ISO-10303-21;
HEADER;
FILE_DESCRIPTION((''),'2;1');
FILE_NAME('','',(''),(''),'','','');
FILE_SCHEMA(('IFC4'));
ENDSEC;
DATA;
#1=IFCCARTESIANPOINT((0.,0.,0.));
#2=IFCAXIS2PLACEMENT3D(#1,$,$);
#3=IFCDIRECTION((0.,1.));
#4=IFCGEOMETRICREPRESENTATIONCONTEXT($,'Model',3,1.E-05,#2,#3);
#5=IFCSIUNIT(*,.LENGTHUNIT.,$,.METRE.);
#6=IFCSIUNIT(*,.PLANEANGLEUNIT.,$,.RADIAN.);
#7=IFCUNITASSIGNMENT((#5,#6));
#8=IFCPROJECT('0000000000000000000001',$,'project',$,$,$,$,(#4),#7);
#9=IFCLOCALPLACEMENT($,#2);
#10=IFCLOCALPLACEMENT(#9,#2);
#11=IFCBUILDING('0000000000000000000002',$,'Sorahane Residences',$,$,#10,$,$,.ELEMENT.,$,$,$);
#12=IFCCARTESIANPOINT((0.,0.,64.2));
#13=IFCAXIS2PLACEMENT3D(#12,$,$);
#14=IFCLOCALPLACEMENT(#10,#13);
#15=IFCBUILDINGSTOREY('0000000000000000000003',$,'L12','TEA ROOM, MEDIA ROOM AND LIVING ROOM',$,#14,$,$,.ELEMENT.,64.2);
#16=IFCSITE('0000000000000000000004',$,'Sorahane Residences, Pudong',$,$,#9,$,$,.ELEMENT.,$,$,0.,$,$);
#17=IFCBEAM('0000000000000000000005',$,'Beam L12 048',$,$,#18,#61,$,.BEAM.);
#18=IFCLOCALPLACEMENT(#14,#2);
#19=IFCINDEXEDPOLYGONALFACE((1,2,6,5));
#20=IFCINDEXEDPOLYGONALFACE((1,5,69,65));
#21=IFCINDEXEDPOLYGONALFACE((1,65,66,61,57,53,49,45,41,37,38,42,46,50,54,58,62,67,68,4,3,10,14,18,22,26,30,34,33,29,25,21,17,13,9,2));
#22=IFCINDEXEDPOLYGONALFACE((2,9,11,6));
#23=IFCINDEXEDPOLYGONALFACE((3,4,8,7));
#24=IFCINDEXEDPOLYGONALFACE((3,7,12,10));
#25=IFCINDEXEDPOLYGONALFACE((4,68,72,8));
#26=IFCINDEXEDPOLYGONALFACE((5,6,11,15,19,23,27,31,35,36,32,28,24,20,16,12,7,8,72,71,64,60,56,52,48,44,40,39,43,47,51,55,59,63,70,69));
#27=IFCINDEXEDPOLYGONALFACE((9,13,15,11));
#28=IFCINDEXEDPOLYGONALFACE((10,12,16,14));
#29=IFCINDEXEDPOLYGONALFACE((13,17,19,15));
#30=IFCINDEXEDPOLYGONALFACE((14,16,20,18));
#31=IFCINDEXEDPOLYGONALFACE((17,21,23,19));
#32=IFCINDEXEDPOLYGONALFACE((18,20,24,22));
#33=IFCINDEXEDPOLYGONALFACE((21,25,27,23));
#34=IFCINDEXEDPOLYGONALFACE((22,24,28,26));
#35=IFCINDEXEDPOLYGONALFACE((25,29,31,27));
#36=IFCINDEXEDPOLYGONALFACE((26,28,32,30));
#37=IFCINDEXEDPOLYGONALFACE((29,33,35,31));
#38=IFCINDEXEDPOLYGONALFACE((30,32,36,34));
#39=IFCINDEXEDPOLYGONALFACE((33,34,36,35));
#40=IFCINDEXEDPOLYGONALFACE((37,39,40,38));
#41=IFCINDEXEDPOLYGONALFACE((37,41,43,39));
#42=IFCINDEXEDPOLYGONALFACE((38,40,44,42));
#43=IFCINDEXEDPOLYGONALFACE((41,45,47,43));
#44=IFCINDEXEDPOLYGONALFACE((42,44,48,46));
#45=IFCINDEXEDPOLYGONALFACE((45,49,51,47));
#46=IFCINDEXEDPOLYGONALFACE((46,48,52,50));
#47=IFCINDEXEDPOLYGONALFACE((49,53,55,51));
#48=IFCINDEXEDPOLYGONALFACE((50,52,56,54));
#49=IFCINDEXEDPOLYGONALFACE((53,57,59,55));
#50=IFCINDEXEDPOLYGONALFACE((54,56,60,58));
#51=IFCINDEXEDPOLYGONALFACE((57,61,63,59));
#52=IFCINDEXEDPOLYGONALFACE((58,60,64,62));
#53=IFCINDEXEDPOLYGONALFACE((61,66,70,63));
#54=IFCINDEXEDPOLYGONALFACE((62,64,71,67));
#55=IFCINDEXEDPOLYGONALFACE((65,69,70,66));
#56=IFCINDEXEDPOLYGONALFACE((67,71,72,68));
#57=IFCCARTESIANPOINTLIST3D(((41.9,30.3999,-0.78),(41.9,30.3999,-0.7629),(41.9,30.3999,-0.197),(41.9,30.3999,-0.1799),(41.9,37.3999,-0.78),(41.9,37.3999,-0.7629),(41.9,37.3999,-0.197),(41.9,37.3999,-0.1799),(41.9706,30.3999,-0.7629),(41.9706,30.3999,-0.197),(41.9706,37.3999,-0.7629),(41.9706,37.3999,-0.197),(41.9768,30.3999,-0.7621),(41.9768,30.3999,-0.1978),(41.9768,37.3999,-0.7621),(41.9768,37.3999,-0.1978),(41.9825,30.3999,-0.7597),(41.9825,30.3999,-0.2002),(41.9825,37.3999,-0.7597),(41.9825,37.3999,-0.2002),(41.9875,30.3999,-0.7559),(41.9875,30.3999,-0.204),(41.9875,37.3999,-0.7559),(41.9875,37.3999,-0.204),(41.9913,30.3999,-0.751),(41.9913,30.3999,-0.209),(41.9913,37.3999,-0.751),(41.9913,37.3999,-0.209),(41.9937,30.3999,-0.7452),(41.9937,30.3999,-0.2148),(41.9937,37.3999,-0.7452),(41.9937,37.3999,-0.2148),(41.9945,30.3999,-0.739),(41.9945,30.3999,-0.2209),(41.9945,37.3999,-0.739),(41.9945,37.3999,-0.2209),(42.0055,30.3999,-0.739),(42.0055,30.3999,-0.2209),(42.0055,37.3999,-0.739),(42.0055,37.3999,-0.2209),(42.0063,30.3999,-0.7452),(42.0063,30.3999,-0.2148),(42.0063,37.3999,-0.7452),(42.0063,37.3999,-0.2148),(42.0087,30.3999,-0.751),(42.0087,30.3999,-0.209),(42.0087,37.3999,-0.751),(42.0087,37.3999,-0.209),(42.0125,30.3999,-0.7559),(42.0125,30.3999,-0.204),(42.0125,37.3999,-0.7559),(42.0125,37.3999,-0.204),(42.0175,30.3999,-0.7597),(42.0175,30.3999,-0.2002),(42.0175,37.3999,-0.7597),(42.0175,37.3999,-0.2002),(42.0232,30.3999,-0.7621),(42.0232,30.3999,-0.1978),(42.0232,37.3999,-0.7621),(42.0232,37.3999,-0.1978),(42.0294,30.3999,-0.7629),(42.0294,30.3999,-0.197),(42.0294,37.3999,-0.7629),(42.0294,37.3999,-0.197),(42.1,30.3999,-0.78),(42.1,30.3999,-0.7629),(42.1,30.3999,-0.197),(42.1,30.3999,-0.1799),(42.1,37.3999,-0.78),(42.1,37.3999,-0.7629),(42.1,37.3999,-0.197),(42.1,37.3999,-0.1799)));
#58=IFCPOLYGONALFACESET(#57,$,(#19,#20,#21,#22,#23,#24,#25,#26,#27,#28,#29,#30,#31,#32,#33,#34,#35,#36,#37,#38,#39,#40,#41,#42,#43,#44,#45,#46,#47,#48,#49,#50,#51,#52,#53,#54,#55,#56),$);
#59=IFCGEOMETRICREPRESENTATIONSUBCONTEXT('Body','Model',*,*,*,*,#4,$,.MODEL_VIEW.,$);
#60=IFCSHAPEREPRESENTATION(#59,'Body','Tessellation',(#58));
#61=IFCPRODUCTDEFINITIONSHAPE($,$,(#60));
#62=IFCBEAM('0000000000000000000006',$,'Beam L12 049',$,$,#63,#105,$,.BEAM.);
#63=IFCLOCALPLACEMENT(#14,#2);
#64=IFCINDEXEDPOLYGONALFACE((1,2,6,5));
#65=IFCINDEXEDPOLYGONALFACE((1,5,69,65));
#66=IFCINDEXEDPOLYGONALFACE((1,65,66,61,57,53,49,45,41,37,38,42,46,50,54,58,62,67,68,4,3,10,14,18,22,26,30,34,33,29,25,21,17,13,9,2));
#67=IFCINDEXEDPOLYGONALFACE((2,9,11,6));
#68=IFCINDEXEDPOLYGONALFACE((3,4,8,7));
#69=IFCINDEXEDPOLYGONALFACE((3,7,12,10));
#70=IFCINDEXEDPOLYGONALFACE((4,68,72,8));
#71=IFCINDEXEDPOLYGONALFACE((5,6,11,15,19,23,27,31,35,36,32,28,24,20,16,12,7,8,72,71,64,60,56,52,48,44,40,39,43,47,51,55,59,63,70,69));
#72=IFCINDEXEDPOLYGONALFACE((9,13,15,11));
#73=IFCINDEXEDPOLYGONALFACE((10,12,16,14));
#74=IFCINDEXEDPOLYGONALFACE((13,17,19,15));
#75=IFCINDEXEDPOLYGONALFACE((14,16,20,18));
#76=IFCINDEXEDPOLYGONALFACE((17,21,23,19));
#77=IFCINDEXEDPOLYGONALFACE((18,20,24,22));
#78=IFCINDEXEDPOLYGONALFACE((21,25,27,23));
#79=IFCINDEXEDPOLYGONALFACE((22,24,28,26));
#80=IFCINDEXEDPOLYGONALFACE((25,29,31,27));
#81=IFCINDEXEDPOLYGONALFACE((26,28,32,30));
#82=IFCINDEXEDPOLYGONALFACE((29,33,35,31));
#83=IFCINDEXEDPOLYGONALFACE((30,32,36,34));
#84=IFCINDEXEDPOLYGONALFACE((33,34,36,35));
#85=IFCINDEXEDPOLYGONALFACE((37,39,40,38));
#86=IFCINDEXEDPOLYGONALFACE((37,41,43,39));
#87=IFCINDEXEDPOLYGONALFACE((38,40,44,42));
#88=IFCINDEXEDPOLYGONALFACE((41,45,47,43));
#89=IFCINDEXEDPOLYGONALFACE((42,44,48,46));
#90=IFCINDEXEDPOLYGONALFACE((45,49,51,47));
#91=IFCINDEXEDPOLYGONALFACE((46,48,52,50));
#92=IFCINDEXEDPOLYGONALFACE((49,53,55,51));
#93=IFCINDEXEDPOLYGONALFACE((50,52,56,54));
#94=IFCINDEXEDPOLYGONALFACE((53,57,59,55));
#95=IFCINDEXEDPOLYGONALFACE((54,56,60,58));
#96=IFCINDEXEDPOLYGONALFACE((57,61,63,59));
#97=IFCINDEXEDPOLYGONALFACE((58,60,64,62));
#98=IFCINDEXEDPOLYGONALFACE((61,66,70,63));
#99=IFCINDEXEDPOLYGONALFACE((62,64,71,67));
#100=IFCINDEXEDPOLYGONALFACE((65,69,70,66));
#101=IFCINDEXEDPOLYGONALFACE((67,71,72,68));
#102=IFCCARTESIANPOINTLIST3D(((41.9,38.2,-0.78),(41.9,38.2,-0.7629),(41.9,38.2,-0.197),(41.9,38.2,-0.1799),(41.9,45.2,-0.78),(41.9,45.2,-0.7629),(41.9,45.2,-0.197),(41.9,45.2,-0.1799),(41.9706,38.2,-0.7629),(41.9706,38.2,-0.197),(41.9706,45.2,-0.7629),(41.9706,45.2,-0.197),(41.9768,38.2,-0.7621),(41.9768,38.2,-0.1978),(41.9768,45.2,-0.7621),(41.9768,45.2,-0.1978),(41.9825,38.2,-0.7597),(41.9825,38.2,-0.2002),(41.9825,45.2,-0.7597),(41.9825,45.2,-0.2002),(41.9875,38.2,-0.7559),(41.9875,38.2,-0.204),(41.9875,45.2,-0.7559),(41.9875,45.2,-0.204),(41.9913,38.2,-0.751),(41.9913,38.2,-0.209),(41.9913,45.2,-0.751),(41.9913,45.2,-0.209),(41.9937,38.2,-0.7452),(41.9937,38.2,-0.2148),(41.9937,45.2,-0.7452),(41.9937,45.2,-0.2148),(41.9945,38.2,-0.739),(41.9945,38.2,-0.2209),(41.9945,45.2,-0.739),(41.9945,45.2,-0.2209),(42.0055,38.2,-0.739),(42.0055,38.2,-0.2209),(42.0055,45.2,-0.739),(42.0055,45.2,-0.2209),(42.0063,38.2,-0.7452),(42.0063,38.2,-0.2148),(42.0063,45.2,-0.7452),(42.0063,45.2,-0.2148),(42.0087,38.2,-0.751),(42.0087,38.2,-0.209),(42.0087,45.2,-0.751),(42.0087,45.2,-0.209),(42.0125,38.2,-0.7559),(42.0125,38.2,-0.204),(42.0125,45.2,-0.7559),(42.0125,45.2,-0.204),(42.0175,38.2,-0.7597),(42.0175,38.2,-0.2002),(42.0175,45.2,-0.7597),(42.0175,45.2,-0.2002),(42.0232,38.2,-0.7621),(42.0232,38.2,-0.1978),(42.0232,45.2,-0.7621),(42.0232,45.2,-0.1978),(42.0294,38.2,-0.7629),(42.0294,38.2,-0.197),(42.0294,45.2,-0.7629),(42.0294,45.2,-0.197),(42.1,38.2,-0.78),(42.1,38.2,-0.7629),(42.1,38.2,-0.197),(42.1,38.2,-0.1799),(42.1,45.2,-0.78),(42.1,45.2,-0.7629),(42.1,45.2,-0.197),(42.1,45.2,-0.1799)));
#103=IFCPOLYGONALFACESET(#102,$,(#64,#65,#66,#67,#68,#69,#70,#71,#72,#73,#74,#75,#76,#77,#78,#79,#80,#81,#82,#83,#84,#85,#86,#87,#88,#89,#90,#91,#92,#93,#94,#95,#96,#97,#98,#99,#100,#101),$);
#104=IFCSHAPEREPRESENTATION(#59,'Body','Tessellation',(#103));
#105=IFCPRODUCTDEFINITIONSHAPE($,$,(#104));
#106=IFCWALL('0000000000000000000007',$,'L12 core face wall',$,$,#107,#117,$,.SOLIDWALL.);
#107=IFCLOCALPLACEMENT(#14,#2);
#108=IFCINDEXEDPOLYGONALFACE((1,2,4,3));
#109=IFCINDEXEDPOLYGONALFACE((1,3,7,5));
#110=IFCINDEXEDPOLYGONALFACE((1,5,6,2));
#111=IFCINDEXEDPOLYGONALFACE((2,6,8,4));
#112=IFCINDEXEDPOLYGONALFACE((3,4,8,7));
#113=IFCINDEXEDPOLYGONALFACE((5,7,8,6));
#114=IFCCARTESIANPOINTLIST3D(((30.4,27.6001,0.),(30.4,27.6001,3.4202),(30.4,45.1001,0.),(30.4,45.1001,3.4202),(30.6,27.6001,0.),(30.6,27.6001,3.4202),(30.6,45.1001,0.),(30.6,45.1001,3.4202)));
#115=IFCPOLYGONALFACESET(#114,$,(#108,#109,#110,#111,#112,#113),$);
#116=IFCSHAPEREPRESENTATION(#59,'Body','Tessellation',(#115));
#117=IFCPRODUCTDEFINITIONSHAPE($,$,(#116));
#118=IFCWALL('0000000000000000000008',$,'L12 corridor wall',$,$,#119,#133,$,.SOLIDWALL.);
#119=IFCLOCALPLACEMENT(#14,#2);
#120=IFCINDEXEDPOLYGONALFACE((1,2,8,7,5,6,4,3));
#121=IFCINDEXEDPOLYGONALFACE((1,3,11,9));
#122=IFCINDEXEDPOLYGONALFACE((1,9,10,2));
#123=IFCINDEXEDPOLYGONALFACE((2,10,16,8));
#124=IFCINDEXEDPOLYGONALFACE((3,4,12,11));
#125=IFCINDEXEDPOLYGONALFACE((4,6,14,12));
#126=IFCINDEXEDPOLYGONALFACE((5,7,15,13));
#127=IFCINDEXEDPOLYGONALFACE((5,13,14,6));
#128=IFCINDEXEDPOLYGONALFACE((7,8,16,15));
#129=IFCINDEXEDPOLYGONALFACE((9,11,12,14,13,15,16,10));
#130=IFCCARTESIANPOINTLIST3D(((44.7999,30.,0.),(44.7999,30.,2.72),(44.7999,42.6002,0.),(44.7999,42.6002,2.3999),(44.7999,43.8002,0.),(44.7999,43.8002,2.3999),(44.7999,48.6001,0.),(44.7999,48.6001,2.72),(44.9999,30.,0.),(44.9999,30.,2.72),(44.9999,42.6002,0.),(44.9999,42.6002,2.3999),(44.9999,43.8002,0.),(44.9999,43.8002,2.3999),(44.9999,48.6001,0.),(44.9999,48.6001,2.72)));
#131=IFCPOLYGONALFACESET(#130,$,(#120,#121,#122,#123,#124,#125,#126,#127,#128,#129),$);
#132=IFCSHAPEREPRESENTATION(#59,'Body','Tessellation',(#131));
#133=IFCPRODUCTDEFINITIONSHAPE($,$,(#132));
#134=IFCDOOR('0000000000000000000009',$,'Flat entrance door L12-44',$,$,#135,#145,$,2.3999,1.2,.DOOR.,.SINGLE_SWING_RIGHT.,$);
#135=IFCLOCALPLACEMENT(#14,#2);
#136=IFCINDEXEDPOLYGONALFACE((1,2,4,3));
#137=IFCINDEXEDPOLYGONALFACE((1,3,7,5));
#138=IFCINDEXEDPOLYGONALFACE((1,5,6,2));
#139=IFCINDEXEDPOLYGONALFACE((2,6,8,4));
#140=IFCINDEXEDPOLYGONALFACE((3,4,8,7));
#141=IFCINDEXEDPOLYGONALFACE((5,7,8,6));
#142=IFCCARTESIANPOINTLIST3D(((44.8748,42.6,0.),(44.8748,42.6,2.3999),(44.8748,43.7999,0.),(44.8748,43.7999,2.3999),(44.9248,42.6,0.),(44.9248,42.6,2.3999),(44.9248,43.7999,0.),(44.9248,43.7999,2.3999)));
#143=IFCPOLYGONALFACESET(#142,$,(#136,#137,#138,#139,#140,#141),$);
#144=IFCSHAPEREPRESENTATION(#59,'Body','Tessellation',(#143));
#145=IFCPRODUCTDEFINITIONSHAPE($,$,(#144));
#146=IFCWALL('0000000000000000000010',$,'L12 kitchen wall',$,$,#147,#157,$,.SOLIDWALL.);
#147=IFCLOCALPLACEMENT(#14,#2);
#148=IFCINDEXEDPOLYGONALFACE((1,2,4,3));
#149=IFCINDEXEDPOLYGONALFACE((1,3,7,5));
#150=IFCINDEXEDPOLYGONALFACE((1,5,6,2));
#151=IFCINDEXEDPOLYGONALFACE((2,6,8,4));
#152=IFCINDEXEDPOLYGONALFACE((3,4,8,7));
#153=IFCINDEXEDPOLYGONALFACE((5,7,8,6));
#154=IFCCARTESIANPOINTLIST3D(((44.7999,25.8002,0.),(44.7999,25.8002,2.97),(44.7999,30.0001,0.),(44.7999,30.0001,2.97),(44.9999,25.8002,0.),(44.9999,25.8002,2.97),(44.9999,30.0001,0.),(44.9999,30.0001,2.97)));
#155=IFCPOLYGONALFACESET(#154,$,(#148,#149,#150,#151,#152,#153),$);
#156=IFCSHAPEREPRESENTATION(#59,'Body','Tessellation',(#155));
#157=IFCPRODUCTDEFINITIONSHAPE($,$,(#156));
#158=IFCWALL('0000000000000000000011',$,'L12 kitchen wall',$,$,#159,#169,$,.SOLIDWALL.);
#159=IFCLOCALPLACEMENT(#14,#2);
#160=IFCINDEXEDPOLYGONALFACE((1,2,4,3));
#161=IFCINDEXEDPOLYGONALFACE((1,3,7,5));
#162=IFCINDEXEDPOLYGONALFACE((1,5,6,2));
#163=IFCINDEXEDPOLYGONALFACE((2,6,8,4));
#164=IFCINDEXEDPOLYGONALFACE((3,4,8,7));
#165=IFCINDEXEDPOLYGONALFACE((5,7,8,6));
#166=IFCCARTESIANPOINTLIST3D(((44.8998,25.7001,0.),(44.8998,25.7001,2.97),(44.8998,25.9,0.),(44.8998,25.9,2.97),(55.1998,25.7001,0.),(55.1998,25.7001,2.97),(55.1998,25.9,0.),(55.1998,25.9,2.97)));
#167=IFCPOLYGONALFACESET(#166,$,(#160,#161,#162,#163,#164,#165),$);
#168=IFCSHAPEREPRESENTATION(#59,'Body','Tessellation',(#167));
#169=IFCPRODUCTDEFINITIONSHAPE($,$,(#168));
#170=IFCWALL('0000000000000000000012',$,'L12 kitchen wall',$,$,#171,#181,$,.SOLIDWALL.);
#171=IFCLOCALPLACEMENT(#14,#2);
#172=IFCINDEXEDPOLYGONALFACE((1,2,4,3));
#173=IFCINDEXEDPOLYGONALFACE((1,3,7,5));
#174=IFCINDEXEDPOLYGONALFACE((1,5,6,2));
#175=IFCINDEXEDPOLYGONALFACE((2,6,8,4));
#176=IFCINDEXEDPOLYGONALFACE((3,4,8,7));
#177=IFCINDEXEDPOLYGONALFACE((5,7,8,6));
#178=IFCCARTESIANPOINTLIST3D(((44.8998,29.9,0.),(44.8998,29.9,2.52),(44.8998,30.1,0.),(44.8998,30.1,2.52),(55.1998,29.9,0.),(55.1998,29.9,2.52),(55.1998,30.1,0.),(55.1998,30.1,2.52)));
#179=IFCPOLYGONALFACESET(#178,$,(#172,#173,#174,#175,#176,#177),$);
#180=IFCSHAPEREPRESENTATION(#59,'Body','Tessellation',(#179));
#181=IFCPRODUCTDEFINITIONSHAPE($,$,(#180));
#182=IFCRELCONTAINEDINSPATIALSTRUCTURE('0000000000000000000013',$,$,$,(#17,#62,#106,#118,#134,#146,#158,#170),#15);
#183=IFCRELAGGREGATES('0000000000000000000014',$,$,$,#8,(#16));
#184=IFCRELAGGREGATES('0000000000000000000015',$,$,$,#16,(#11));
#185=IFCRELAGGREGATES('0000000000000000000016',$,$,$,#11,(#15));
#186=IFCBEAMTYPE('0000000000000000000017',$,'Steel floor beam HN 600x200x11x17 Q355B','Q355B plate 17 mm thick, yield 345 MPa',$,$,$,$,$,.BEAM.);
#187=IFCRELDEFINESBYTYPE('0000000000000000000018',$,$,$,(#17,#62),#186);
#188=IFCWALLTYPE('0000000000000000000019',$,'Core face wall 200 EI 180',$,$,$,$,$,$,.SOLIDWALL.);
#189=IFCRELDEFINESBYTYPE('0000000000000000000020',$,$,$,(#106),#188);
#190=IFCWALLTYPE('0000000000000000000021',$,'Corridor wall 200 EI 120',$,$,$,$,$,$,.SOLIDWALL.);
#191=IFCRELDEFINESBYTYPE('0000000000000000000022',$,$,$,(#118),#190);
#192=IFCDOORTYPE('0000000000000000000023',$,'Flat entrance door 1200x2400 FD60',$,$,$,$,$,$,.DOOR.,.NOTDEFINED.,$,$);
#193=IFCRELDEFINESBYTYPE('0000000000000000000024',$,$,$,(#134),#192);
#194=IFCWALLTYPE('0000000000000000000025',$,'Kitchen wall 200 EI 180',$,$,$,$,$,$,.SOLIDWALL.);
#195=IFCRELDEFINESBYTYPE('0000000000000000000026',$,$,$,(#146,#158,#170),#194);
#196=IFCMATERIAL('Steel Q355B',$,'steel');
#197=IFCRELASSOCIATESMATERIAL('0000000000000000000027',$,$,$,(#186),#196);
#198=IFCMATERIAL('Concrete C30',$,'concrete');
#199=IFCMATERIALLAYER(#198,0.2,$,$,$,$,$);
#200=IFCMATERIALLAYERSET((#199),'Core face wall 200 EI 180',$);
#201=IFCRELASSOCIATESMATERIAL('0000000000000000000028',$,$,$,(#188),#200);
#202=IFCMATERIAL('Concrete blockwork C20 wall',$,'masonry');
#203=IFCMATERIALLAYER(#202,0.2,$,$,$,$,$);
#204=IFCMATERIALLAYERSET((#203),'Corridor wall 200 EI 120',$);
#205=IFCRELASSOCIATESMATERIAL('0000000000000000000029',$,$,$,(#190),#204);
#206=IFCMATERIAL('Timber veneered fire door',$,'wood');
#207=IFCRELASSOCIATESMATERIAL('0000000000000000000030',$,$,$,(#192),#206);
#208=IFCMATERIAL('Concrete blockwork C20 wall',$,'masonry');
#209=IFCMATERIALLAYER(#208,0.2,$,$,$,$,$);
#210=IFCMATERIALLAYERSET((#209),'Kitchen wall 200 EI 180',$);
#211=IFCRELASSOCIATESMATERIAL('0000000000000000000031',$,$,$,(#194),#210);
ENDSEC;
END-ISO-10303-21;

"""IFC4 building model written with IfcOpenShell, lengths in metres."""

from ifc_helpers import new_model, si_unit, direction, frame, frame_2d, origin, origin_2d, place, context, subcontext, project, spatial, rectangle, i_section, extrude, material, layer, layer_set, material_profile, profile_set, type_object, element, fill, save


model = new_model("IFC4")

# Units and contexts
model_context = context("Model", 3, precision=1e-05, world=origin(), true_north=direction((0.0, 1.0)))
body_context = subcontext(model_context, "Body", "Model", "MODEL_VIEW")
ifc_project = project(units=[si_unit("LENGTHUNIT", "METRE"), si_unit("PLANEANGLEUNIT", "RADIAN")], contexts=[model_context])

# Site, building, storey
site_placement = place(None, origin())
site = spatial("IfcSite", under=ifc_project, at=site_placement, Name="Sorahane Residences, Pudong", CompositionType="ELEMENT", RefElevation=0.0)
building_placement = place(site_placement, origin())
building = spatial("IfcBuilding", under=site, at=building_placement, Name="Sorahane Residences", CompositionType="ELEMENT")
storey_placement = place(building_placement, frame((0.0, 0.0, 64.2)))
storey = spatial("IfcBuildingStorey", under=building, at=storey_placement, Name="L12", Description="TEA ROOM, MEDIA ROOM AND LIVING ROOM", CompositionType="ELEMENT", Elevation=64.2)

# Beams
ifc_material_1 = material(Name="Steel Q355B", Category="steel")
ifc_material_profile_1 = material_profile(ifc_material_1, i_section(OverallWidth=0.2, OverallDepth=0.6001, WebThickness=0.011, FlangeThickness=0.0171, FilletRadius=0.0239, at=origin_2d()), Name="HN 600x200x11x17")
ifc_profile_set_1 = profile_set([ifc_material_profile_1], Name="Steel Q355B")
beam_type_1 = type_object("IfcBeamType", Name="Steel floor beam HN 600x200x11x17 Q355B", Description="Q355B plate 17 mm thick, yield 345 MPa", PredefinedType="BEAM", material=ifc_profile_set_1)
for number, where, z_axis, x_axis, name in (
    (1, (42.0, 30.3999, -0.48), (0.0, 1.0, 0.0), (-1.0, 0.0, 0.0), "Beam L12 048"),
    (2, (42.0, 38.2, -0.48), (0.0, 1.0, 0.0), (-1.0, 0.0, 0.0), "Beam L12 049"),
):
    element("IfcBeam", number, at=place(storey_placement, frame(where, z_axis=z_axis, x_axis=x_axis)), inside=storey, type_object=beam_type_1, Name=name, PredefinedType="BEAM", context=body_context, shape_type="SweptSolid", body=[
        extrude(i_section(OverallWidth=0.2, OverallDepth=0.6001, WebThickness=0.011, FlangeThickness=0.0171, FilletRadius=0.0239, at=origin_2d()), origin(), (0.0, 0.0, 1.0), 7.0),
    ])

# Wall
ifc_material_2 = material(Name="Concrete C30", Category="concrete")
ifc_layer_1 = layer(ifc_material_2, 0.2)
ifc_layer_set_1 = layer_set([ifc_layer_1], Name="Core face wall 200 EI 180")
wall_type_1 = type_object("IfcWallType", Name="Core face wall 200 EI 180", PredefinedType="SOLIDWALL", material=ifc_layer_set_1)
wall_1_placement = place(storey_placement, frame((30.5, 27.6001, 0.0), z_axis=(0.0, 0.0, 1.0), x_axis=(0.0, 1.0, 0.0)))
element("IfcWall", 3, at=wall_1_placement, inside=storey, type_object=wall_type_1, Name="L12 core face wall", PredefinedType="SOLIDWALL", context=body_context, shape_type="SweptSolid", body=[
    extrude(rectangle(XDim=17.5, YDim=0.2, at=frame_2d((8.75, 0.0))), origin(), (0.0, 0.0, 1.0), 3.4202),
])

# Wall, opening, door
ifc_material_3 = material(Name="Concrete blockwork C20 wall", Category="masonry")
ifc_layer_2 = layer(ifc_material_3, 0.2)
ifc_layer_set_2 = layer_set([ifc_layer_2], Name="Corridor wall 200 EI 120")
wall_type_2 = type_object("IfcWallType", Name="Corridor wall 200 EI 120", PredefinedType="SOLIDWALL", material=ifc_layer_set_2)
wall_2_placement = place(storey_placement, frame((44.8999, 30.0, 0.0), z_axis=(0.0, 0.0, 1.0), x_axis=(0.0, 1.0, 0.0)))
wall_2 = element("IfcWall", 4, at=wall_2_placement, inside=storey, type_object=wall_type_2, Name="L12 corridor wall", PredefinedType="SOLIDWALL", context=body_context, shape_type="SweptSolid", body=[
    extrude(rectangle(XDim=18.6001, YDim=0.2, at=frame_2d((9.3, 0.0))), origin(), (0.0, 0.0, 1.0), 2.72),
])
opening_1_placement = place(wall_2_placement, frame((12.6001, 0.0, 0.0)))
opening_1 = element("IfcOpeningElement", 5, at=opening_1_placement, cuts=wall_2, PredefinedType="OPENING", context=body_context, shape_type="SweptSolid", body=[
    extrude(rectangle(XDim=1.2, YDim=2.3999, at=frame_2d((0.6001, 1.2))), frame((0.0, 0.1099, 0.0), z_axis=(0.0, -1.0, 0.0), x_axis=(1.0, 0.0, 0.0)), (0.0, 0.0, 1.0), 0.22),
])
ifc_material_4 = material(Name="Timber veneered fire door", Category="wood")
door_type_1 = type_object("IfcDoorType", Name="Flat entrance door 1200x2400 FD60", OperationType="NOTDEFINED", PredefinedType="DOOR", material=ifc_material_4)
door_1_placement = place(opening_1_placement, frame((1.2, 0.0, 0.0), z_axis=(0.0, 0.0, 1.0), x_axis=(-1.0, 0.0, 0.0)))
door_1 = element("IfcDoor", 6, at=door_1_placement, inside=storey, type_object=door_type_1, Name="Flat entrance door L12-44", OperationType="SINGLE_SWING_RIGHT", OverallHeight=2.3999, OverallWidth=1.2, PredefinedType="DOOR", context=body_context, shape_type="SweptSolid", body=[
    extrude(rectangle(XDim=1.2, YDim=2.3999, at=frame_2d((0.6001, 1.2))), frame((0.0, 0.0249, 0.0), z_axis=(0.0, -1.0, 0.0), x_axis=(1.0, 0.0, 0.0)), (0.0, 0.0, 1.0), 0.05),
])
fill(opening_1, door_1)

# Walls
ifc_material_5 = material(Name="Concrete blockwork C20 wall", Category="masonry")
ifc_layer_3 = layer(ifc_material_5, 0.2)
ifc_layer_set_3 = layer_set([ifc_layer_3], Name="Kitchen wall 200 EI 180")
wall_type_3 = type_object("IfcWallType", Name="Kitchen wall 200 EI 180", PredefinedType="SOLIDWALL", material=ifc_layer_set_3)
wall_3_placement = place(storey_placement, frame((44.8999, 25.8, 0.0), z_axis=(0.0, 0.0, 1.0), x_axis=(0.0, 1.0, 0.0)))
element("IfcWall", 7, at=wall_3_placement, inside=storey, type_object=wall_type_3, Name="L12 kitchen wall", PredefinedType="SOLIDWALL", context=body_context, shape_type="SweptSolid", body=[
    extrude(rectangle(XDim=4.2, YDim=0.2, at=frame_2d((2.1001, 0.0))), origin(), (0.0, 0.0, 1.0), 2.97),
])
wall_4_placement = place(storey_placement, frame((44.8999, 25.8, 0.0), z_axis=(0.0, 0.0, 1.0), x_axis=(1.0, 0.0, 0.0)))
element("IfcWall", 8, at=wall_4_placement, inside=storey, type_object=wall_type_3, Name="L12 kitchen wall", PredefinedType="SOLIDWALL", context=body_context, shape_type="SweptSolid", body=[
    extrude(rectangle(XDim=10.3, YDim=0.2, at=frame_2d((5.1499, 0.0))), origin(), (0.0, 0.0, 1.0), 2.97),
])
wall_5_placement = place(storey_placement, frame((44.8999, 30.0, 0.0), z_axis=(0.0, 0.0, 1.0), x_axis=(1.0, 0.0, 0.0)))
element("IfcWall", 9, at=wall_5_placement, inside=storey, type_object=wall_type_3, Name="L12 kitchen wall", PredefinedType="SOLIDWALL", context=body_context, shape_type="SweptSolid", body=[
    extrude(rectangle(XDim=10.3, YDim=0.2, at=frame_2d((5.1499, 0.0))), origin(), (0.0, 0.0, 1.0), 2.52),
])

save(model, "model.ifc")
